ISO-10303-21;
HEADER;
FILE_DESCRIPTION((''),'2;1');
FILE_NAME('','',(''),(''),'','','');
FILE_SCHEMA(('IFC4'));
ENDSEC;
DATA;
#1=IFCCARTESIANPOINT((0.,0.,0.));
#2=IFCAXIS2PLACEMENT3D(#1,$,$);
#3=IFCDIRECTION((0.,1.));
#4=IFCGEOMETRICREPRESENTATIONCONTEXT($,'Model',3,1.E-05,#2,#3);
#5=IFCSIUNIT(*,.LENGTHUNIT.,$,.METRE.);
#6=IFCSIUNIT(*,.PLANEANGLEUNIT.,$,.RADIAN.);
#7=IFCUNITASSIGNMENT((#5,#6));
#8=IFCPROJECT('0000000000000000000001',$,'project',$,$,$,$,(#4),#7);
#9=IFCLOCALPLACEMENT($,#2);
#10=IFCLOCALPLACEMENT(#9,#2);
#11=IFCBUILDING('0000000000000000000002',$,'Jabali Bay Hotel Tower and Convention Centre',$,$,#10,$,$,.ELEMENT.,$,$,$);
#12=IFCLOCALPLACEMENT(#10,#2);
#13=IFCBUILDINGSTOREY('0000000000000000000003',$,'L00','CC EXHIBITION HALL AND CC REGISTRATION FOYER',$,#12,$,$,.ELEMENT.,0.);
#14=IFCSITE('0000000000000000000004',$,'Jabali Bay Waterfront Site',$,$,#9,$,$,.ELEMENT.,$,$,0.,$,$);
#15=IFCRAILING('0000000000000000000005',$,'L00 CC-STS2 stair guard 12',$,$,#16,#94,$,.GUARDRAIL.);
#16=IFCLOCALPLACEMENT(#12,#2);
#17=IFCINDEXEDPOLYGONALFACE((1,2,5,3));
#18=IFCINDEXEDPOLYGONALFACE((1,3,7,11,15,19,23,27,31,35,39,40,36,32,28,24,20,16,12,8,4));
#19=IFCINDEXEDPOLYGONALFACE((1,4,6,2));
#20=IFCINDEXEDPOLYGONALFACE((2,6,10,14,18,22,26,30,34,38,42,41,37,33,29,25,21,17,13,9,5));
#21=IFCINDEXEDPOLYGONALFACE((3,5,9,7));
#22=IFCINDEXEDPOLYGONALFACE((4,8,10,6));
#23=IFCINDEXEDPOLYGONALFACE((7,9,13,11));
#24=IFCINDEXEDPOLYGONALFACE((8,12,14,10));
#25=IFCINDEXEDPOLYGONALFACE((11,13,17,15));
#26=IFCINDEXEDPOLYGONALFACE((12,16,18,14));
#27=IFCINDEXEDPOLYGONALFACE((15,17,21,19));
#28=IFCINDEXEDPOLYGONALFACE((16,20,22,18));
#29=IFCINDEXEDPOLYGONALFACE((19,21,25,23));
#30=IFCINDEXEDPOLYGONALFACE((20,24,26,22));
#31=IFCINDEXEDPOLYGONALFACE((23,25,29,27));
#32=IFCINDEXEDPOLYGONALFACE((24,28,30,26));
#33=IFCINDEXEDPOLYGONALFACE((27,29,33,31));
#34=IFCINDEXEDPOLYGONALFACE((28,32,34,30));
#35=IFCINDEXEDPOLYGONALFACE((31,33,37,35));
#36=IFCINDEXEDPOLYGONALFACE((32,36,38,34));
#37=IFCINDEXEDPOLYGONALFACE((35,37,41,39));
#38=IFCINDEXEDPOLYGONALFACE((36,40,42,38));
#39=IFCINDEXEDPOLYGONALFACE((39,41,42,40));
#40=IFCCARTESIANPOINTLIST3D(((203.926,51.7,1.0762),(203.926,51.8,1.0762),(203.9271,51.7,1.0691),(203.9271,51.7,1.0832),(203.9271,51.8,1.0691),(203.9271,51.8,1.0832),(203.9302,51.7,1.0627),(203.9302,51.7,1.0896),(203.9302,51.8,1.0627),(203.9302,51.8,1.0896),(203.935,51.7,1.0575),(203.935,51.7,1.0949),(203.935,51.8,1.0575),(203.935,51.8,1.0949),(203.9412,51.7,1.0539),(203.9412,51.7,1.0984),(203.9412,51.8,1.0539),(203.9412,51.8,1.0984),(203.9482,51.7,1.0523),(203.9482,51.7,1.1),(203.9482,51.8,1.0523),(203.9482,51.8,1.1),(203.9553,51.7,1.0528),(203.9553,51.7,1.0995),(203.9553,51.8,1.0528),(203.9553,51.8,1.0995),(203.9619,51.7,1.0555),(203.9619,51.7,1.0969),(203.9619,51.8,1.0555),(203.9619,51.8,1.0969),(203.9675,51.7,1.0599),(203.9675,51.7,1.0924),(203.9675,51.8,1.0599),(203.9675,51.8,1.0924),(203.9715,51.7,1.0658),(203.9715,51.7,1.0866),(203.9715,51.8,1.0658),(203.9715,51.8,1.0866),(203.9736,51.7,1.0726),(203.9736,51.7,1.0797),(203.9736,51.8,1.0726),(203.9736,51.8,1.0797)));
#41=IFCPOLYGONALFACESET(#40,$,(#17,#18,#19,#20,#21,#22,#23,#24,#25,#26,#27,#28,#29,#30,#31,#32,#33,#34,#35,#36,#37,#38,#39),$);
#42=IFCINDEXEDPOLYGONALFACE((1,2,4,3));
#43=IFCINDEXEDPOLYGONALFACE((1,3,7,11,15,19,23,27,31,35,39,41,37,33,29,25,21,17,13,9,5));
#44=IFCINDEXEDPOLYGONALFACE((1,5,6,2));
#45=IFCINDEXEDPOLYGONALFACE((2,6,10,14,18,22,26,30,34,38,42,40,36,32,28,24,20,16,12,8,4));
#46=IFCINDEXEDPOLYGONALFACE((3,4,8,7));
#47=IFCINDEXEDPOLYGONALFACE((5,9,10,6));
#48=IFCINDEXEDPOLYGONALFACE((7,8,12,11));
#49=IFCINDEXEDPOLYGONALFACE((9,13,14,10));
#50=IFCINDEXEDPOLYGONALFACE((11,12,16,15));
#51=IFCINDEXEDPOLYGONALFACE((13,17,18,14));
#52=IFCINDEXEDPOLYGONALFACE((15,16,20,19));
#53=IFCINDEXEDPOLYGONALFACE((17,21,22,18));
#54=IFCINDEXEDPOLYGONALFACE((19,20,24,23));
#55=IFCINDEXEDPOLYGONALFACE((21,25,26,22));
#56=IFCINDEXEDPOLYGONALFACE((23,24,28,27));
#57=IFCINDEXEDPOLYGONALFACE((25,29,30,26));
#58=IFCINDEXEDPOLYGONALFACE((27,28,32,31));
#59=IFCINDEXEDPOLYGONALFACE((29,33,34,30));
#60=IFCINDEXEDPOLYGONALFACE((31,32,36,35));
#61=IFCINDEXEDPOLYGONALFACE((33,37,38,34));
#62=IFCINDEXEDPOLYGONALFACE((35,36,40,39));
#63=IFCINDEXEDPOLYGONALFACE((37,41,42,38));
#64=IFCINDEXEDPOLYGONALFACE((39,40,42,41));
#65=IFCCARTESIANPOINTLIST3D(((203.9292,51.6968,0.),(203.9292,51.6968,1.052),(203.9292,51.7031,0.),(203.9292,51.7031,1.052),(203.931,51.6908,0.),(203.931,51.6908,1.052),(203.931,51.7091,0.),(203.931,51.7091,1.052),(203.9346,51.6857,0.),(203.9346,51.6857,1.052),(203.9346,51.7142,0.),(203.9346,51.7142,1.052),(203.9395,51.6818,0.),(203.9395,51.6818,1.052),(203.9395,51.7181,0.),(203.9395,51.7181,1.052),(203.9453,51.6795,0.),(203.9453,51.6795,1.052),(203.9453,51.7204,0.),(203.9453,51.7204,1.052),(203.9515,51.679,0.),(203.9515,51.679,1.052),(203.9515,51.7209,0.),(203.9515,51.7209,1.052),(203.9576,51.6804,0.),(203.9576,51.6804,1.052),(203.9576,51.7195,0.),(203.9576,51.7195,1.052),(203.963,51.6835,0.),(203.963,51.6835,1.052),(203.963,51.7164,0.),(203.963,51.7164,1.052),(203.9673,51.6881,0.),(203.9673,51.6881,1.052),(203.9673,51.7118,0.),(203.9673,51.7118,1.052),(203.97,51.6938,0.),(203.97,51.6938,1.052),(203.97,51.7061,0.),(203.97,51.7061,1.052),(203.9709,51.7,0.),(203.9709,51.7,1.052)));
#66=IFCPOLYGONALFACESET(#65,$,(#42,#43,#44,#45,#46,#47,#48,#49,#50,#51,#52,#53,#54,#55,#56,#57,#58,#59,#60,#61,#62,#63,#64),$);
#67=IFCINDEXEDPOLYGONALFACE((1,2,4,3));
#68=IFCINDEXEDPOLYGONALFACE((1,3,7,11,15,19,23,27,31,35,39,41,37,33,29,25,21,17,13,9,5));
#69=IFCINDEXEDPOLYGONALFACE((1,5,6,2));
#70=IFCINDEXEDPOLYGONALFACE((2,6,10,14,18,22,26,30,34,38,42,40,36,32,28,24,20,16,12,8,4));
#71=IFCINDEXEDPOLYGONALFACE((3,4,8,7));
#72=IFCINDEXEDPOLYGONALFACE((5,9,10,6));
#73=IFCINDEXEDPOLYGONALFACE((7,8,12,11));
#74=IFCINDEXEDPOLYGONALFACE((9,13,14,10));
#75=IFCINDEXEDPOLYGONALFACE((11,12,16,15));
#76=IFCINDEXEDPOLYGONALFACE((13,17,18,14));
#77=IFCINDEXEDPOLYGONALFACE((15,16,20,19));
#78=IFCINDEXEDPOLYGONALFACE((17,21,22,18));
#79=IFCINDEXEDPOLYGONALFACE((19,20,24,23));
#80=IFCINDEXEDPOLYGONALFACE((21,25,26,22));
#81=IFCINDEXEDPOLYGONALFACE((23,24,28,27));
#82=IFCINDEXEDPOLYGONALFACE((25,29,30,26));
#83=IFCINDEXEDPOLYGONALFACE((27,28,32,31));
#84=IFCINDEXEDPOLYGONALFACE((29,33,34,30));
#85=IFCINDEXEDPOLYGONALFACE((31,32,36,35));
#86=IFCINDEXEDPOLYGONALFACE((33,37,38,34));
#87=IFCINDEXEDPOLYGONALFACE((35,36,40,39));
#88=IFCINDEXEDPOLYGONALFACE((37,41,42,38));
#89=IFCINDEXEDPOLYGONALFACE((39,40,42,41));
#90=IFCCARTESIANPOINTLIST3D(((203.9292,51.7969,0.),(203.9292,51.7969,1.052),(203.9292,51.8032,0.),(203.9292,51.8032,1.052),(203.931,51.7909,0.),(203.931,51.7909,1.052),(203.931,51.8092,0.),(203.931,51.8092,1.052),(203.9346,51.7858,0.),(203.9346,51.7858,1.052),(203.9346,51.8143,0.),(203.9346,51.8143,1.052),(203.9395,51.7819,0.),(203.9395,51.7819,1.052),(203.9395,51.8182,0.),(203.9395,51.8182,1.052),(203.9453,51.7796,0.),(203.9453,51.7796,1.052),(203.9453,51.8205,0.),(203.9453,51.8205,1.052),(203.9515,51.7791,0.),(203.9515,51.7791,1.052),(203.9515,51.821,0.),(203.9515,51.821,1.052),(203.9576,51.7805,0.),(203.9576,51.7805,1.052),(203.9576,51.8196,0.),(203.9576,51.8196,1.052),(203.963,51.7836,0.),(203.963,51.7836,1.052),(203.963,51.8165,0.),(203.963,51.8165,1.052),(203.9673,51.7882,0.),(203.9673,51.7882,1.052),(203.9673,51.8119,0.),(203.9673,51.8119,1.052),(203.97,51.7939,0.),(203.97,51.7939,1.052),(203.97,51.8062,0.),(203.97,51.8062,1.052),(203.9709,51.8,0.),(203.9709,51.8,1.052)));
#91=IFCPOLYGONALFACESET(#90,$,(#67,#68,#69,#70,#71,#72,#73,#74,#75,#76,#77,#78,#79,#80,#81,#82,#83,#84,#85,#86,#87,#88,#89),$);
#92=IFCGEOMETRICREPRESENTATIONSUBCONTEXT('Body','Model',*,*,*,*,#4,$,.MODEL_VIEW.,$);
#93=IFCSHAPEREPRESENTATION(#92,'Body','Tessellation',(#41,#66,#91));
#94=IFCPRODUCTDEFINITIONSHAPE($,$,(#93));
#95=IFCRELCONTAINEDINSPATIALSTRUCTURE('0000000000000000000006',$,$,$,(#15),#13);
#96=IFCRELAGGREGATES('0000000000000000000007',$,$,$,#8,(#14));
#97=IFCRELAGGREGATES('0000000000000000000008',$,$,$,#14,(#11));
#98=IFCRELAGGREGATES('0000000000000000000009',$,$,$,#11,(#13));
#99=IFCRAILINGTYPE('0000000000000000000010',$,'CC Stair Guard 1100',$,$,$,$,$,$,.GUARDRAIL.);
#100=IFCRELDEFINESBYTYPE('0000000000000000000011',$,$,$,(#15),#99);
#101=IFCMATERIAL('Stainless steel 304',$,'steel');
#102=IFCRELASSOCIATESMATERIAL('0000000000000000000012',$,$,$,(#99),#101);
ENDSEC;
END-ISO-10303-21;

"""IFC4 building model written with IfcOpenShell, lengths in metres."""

from ifc_helpers import new_model, si_unit, direction, frame, origin, origin_2d, place, context, subcontext, project, spatial, circle, extrude, material, type_object, element, save


model = new_model("IFC4")

# Units and contexts
model_context = context("Model", 3, precision=1e-05, world=origin(), true_north=direction((0.0, 1.0)))
body_context = subcontext(model_context, "Body", "Model", "MODEL_VIEW")
ifc_project = project(units=[si_unit("LENGTHUNIT", "METRE"), si_unit("PLANEANGLEUNIT", "RADIAN")], contexts=[model_context])

# Site, building, storey
site_placement = place(None, origin())
site = spatial("IfcSite", under=ifc_project, at=site_placement, Name="Jabali Bay Waterfront Site", CompositionType="ELEMENT", RefElevation=0.0)
building_placement = place(site_placement, origin())
building = spatial("IfcBuilding", under=site, at=building_placement, Name="Jabali Bay Hotel Tower and Convention Centre", CompositionType="ELEMENT")
storey_placement = place(building_placement, origin())
storey = spatial("IfcBuildingStorey", under=building, at=storey_placement, Name="L00", Description="CC EXHIBITION HALL AND CC REGISTRATION FOYER", CompositionType="ELEMENT", Elevation=0.0)

# Railing
ifc_material_1 = material(Name="Stainless steel 304", Category="steel")
railing_type_1 = type_object("IfcRailingType", Name="CC Stair Guard 1100", PredefinedType="GUARDRAIL", material=ifc_material_1)
railing_1_placement = place(storey_placement, frame((203.95, 51.7, 0.0)))
element("IfcRailing", 1, at=railing_1_placement, inside=storey, type_object=railing_type_1, Name="L00 CC-STS2 stair guard 12", PredefinedType="GUARDRAIL", context=body_context, shape_type="SweptSolid", body=[
    extrude(circle(Radius=0.0239, at=origin_2d()), frame((0.0, 0.0, 1.0762), z_axis=(0.0, 1.0, 0.0), x_axis=(-1.0, 0.0, 0.0)), (0.0, 0.0, 1.0), 0.1001),
    extrude(circle(Radius=0.021, at=origin_2d()), origin(), (0.0, 0.0, 1.0), 1.052),
    extrude(circle(Radius=0.021, at=origin_2d()), frame((0.0, 0.1001, 0.0)), (0.0, 0.0, 1.0), 1.052),
])

save(model, "model.ifc")
